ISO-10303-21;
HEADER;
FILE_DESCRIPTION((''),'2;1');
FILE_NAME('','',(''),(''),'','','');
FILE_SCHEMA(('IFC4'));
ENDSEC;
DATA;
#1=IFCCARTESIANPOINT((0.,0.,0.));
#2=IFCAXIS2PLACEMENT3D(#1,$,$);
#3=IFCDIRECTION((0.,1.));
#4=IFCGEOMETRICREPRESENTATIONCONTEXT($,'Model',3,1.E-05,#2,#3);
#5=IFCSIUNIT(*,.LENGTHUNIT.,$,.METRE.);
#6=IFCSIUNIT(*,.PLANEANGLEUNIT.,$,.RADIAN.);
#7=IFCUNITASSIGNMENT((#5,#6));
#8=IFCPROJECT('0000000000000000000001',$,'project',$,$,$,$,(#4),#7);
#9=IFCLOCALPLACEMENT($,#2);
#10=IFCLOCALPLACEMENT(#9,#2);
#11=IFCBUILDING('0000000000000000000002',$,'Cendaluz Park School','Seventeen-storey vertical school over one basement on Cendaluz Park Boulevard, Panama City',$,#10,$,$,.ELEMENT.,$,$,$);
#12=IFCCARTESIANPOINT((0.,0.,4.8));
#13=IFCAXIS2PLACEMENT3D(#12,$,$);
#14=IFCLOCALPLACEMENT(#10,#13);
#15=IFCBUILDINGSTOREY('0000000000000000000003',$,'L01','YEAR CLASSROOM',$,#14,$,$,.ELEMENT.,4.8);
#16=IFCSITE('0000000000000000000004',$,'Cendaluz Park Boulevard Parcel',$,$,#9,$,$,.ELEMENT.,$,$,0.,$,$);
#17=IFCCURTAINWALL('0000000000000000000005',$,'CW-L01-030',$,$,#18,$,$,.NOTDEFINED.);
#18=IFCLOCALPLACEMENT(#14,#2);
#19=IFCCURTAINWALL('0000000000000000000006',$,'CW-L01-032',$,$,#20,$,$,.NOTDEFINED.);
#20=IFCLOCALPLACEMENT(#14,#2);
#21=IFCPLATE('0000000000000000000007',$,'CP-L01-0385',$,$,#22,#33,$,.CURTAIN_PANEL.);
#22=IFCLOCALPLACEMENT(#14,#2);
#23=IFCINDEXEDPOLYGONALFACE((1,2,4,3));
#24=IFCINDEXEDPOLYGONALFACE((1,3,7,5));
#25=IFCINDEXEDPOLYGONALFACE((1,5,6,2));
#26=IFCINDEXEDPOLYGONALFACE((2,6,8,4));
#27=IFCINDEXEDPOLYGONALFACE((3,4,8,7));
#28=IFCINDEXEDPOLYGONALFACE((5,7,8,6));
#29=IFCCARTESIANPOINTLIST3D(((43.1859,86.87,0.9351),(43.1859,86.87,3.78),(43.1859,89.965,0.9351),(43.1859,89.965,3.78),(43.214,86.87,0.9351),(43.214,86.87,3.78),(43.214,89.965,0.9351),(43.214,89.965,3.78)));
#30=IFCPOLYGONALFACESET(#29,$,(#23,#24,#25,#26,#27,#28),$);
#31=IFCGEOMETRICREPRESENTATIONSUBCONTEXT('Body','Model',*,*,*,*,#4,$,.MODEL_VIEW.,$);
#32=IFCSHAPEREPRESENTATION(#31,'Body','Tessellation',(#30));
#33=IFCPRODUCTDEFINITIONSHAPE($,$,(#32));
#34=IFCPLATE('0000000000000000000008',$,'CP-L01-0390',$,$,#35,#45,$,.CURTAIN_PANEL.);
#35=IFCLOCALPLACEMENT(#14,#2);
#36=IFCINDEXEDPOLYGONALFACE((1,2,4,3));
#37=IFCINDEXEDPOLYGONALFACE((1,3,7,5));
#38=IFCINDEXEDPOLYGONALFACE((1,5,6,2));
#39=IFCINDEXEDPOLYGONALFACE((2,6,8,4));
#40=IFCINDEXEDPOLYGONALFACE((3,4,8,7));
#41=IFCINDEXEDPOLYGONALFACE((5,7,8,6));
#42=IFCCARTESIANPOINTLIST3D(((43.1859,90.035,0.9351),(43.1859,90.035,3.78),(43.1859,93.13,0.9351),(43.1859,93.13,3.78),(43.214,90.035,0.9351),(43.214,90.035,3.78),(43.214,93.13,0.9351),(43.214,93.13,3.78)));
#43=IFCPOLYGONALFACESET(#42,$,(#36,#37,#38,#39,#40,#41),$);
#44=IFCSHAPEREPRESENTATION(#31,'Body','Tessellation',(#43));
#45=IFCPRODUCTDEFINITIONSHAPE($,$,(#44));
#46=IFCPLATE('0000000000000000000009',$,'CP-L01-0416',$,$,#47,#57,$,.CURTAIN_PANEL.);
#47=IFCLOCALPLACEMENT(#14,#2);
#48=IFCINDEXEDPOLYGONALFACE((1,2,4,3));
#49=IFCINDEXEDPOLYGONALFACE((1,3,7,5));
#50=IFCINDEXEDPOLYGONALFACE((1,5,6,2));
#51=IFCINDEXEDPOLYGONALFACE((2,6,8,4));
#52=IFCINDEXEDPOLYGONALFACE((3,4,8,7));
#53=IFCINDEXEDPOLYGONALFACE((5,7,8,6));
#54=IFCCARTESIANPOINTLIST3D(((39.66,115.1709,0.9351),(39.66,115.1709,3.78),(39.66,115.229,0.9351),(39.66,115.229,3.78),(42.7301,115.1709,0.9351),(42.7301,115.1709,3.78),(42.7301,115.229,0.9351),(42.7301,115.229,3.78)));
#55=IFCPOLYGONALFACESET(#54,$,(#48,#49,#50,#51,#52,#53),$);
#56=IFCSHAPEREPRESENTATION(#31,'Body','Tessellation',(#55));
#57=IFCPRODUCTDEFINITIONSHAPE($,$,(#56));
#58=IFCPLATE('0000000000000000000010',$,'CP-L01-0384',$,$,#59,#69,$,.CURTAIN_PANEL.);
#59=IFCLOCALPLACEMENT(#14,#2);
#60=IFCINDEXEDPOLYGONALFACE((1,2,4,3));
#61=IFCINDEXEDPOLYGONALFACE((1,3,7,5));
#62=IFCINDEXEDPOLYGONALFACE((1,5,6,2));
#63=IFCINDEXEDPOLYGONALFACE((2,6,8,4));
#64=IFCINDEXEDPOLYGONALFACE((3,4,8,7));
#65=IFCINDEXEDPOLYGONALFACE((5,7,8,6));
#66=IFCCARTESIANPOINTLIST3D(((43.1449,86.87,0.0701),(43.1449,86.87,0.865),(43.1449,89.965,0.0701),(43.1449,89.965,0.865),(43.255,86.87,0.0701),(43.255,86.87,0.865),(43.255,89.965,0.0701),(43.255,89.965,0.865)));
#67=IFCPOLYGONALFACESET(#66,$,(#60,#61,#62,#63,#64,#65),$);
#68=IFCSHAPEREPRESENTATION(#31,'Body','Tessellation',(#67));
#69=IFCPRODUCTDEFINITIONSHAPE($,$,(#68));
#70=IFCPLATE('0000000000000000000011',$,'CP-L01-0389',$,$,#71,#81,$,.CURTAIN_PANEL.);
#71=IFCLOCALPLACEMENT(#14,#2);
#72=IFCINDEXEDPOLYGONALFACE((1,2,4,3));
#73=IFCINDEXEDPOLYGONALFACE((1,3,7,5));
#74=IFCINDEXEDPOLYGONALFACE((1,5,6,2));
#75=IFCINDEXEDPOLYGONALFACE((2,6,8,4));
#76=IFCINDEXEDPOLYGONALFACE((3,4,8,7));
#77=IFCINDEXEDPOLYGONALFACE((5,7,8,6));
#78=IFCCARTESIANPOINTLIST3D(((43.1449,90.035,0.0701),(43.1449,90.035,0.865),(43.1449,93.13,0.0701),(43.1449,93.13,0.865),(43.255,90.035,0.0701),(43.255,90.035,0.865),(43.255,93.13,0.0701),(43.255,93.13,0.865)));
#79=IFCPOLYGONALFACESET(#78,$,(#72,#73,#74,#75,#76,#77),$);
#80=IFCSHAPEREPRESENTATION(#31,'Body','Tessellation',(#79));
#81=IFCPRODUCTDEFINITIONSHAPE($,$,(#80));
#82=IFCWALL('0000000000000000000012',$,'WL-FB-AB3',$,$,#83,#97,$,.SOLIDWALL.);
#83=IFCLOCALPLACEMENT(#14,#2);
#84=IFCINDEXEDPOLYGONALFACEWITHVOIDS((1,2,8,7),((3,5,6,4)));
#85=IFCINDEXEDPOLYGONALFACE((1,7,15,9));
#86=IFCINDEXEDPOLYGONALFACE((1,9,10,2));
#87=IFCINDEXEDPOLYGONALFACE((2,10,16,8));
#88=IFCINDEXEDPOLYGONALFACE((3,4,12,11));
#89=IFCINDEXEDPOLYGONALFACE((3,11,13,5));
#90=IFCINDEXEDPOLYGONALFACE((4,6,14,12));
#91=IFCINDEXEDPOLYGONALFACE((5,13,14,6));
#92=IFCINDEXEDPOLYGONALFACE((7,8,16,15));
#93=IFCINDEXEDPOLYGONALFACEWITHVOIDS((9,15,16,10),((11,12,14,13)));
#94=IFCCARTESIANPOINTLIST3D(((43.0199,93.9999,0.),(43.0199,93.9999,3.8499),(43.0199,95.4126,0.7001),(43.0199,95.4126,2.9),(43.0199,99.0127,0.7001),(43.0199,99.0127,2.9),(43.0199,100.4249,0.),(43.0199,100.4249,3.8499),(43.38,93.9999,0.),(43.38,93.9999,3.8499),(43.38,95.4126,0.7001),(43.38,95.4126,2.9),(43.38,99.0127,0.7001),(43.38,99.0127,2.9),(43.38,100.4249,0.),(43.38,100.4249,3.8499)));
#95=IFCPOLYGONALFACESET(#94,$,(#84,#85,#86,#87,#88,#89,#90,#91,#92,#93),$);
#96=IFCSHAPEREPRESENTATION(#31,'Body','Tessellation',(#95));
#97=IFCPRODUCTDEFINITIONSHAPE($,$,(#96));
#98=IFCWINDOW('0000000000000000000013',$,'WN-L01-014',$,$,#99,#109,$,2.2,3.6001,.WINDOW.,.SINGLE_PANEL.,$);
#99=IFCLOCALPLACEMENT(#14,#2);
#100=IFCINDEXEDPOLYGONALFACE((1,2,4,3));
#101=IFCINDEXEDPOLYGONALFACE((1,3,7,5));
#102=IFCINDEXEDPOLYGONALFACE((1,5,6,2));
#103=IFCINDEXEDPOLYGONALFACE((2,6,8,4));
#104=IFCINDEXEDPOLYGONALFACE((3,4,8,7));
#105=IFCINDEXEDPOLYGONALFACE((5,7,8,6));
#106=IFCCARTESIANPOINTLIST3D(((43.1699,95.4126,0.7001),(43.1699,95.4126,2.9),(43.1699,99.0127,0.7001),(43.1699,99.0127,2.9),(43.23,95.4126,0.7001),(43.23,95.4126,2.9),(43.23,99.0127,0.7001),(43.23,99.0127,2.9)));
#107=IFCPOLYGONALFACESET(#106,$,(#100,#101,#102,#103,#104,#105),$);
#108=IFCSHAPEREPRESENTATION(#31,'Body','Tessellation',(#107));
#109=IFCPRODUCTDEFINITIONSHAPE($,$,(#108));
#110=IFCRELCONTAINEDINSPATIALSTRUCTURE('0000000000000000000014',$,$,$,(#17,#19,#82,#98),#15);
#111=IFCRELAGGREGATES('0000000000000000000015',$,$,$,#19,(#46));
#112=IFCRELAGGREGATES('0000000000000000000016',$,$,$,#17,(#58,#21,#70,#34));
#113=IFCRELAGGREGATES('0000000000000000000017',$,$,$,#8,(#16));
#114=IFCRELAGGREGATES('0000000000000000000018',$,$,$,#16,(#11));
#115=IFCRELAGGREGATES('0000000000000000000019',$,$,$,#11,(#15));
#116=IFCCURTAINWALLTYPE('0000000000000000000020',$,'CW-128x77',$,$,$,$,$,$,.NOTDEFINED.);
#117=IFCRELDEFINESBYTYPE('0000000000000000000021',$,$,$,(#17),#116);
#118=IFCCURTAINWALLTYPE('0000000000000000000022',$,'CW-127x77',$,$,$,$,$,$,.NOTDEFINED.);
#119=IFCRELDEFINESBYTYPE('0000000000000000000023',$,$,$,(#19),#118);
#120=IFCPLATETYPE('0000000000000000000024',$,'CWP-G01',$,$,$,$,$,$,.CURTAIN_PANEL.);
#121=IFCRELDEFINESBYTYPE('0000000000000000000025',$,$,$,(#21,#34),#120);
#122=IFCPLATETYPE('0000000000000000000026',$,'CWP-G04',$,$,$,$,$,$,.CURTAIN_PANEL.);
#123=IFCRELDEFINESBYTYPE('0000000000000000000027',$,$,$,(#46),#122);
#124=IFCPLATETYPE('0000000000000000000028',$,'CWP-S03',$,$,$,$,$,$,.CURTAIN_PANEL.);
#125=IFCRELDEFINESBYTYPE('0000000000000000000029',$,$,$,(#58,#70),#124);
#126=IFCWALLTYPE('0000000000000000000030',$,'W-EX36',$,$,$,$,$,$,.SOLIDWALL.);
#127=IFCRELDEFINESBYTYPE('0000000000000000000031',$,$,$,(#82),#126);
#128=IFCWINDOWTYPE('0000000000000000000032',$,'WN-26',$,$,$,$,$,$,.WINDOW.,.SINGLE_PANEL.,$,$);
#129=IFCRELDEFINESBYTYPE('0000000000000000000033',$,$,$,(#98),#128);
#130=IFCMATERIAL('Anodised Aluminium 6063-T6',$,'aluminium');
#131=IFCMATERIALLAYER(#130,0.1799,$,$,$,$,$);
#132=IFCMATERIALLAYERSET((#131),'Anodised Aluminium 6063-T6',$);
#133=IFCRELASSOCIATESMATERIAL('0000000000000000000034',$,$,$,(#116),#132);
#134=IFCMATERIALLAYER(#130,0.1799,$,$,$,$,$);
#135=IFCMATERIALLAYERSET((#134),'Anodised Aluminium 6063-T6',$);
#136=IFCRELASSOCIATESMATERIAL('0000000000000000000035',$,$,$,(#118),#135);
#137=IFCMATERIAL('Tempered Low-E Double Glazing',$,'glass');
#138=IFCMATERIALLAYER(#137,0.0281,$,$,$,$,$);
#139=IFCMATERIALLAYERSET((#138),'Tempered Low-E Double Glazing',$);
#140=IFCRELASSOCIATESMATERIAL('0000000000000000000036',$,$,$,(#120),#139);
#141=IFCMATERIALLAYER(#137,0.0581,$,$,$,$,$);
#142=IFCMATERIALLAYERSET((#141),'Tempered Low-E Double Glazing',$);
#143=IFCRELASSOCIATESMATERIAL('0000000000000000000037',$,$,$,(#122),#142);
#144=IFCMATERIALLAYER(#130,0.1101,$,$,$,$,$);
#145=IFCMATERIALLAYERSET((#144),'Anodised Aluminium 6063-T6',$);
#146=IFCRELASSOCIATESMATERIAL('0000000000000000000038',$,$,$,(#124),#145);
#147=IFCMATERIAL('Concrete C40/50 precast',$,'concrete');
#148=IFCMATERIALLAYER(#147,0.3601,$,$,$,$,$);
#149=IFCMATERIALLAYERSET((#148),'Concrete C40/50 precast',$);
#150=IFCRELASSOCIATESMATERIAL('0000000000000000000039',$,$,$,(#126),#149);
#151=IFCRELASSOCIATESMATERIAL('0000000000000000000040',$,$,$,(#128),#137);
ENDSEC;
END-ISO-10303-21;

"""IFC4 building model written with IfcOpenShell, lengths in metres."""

from ifc_helpers import new_model, si_unit, direction, frame, frame_2d, origin, origin_2d, place, context, subcontext, project, spatial, rectangle, extrude, material, layer, layer_set, type_object, element, fill, aggregate, save


model = new_model("IFC4")

# Units and contexts
model_context = context("Model", 3, precision=1e-05, world=origin(), true_north=direction((0.0, 1.0)))
body_context = subcontext(model_context, "Body", "Model", "MODEL_VIEW")
ifc_project = project(units=[si_unit("LENGTHUNIT", "METRE"), si_unit("PLANEANGLEUNIT", "RADIAN")], contexts=[model_context])

# Site, building, storey
site_placement = place(None, origin())
site = spatial("IfcSite", under=ifc_project, at=site_placement, Name="Cendaluz Park Boulevard Parcel", CompositionType="ELEMENT", RefElevation=0.0)
building_placement = place(site_placement, origin())
building = spatial("IfcBuilding", under=site, at=building_placement, Name="Cendaluz Park School", Description="Seventeen-storey vertical school over one basement on Cendaluz Park Boulevard, Panama City", CompositionType="ELEMENT")
storey_placement = place(building_placement, frame((0.0, 0.0, 4.8)))
storey = spatial("IfcBuildingStorey", under=building, at=storey_placement, Name="L01", Description="YEAR CLASSROOM", CompositionType="ELEMENT", Elevation=4.8)

# Curtain wall
ifc_material_1 = material(Name="Anodised Aluminium 6063-T6", Category="aluminium")
ifc_layer_1 = layer(ifc_material_1, 0.1799)
ifc_layer_set_1 = layer_set([ifc_layer_1], Name="Anodised Aluminium 6063-T6")
curtain_wall_type_1 = type_object("IfcCurtainWallType", Name="CW-128x77", PredefinedType="NOTDEFINED", material=ifc_layer_set_1)
curtain_wall_1_placement = place(storey_placement, origin())
curtain_wall_1 = element("IfcCurtainWall", 1, at=curtain_wall_1_placement, inside=storey, type_object=curtain_wall_type_1, Name="CW-L01-030", PredefinedType="NOTDEFINED")

# Curtain wall
ifc_layer_2 = layer(ifc_material_1, 0.1799)
ifc_layer_set_2 = layer_set([ifc_layer_2], Name="Anodised Aluminium 6063-T6")
curtain_wall_type_2 = type_object("IfcCurtainWallType", Name="CW-127x77", PredefinedType="NOTDEFINED", material=ifc_layer_set_2)
curtain_wall_2_placement = place(storey_placement, origin())
curtain_wall_2 = element("IfcCurtainWall", 2, at=curtain_wall_2_placement, inside=storey, type_object=curtain_wall_type_2, Name="CW-L01-032", PredefinedType="NOTDEFINED")

# Plates
ifc_material_2 = material(Name="Tempered Low-E Double Glazing", Category="glass")
ifc_layer_3 = layer(ifc_material_2, 0.0281)
ifc_layer_set_3 = layer_set([ifc_layer_3], Name="Tempered Low-E Double Glazing")
plate_type_1 = type_object("IfcPlateType", Name="CWP-G01", PredefinedType="CURTAIN_PANEL", material=ifc_layer_set_3)
plate_1_placement = place(storey_placement, frame((43.2, 88.4175, 0.9351), z_axis=(0.0, 0.0, 1.0), x_axis=(0.0, 1.0, 0.0)))
plate_1 = element("IfcPlate", 3, at=plate_1_placement, type_object=plate_type_1, Name="CP-L01-0385", PredefinedType="CURTAIN_PANEL", context=body_context, shape_type="SweptSolid", body=[
    extrude(rectangle(XDim=3.095, YDim=0.0281, at=origin_2d()), origin(), (0.0, 0.0, 1.0), 2.845),
])
plate_2_placement = place(storey_placement, frame((43.2, 91.5825, 0.9351), z_axis=(0.0, 0.0, 1.0), x_axis=(0.0, 1.0, 0.0)))
plate_2 = element("IfcPlate", 4, at=plate_2_placement, type_object=plate_type_1, Name="CP-L01-0390", PredefinedType="CURTAIN_PANEL", context=body_context, shape_type="SweptSolid", body=[
    extrude(rectangle(XDim=3.095, YDim=0.0281, at=origin_2d()), origin(), (0.0, 0.0, 1.0), 2.845),
])
ifc_layer_4 = layer(ifc_material_2, 0.0581)
ifc_layer_set_4 = layer_set([ifc_layer_4], Name="Tempered Low-E Double Glazing")
plate_type_2 = type_object("IfcPlateType", Name="CWP-G04", PredefinedType="CURTAIN_PANEL", material=ifc_layer_set_4)
plate_3_placement = place(storey_placement, frame((41.1951, 115.2, 0.9351), z_axis=(0.0, 0.0, 1.0), x_axis=(1.0, 0.0, 0.0)))
plate_3 = element("IfcPlate", 5, at=plate_3_placement, type_object=plate_type_2, Name="CP-L01-0416", PredefinedType="CURTAIN_PANEL", context=body_context, shape_type="SweptSolid", body=[
    extrude(rectangle(XDim=3.0701, YDim=0.0581, at=origin_2d()), origin(), (0.0, 0.0, 1.0), 2.845),
])
aggregate(curtain_wall_2, [plate_3])
ifc_layer_5 = layer(ifc_material_1, 0.1101)
ifc_layer_set_5 = layer_set([ifc_layer_5], Name="Anodised Aluminium 6063-T6")
plate_type_3 = type_object("IfcPlateType", Name="CWP-S03", PredefinedType="CURTAIN_PANEL", material=ifc_layer_set_5)
plate_4_placement = place(storey_placement, frame((43.2, 88.4175, 0.0701), z_axis=(0.0, 0.0, 1.0), x_axis=(0.0, 1.0, 0.0)))
plate_4 = element("IfcPlate", 6, at=plate_4_placement, type_object=plate_type_3, Name="CP-L01-0384", PredefinedType="CURTAIN_PANEL", context=body_context, shape_type="SweptSolid", body=[
    extrude(rectangle(XDim=3.095, YDim=0.1101, at=origin_2d()), origin(), (0.0, 0.0, 1.0), 0.7949),
])
plate_5_placement = place(storey_placement, frame((43.2, 91.5825, 0.0701), z_axis=(0.0, 0.0, 1.0), x_axis=(0.0, 1.0, 0.0)))
plate_5 = element("IfcPlate", 7, at=plate_5_placement, type_object=plate_type_3, Name="CP-L01-0389", PredefinedType="CURTAIN_PANEL", context=body_context, shape_type="SweptSolid", body=[
    extrude(rectangle(XDim=3.095, YDim=0.1101, at=origin_2d()), origin(), (0.0, 0.0, 1.0), 0.7949),
])
aggregate(curtain_wall_1, [plate_4, plate_1, plate_5, plate_2])

# Wall, opening, window
ifc_material_3 = material(Name="Concrete C40/50 precast", Category="concrete")
ifc_layer_6 = layer(ifc_material_3, 0.3601)
ifc_layer_set_6 = layer_set([ifc_layer_6], Name="Concrete C40/50 precast")
wall_type = type_object("IfcWallType", Name="W-EX36", PredefinedType="SOLIDWALL", material=ifc_layer_set_6)
wall_placement = place(storey_placement, frame((43.2, 94.0, 0.0), z_axis=(0.0, 0.0, 1.0), x_axis=(0.0, 1.0, 0.0)))
wall = element("IfcWall", 8, at=wall_placement, inside=storey, type_object=wall_type, Name="WL-FB-AB3", PredefinedType="SOLIDWALL", context=body_context, shape_type="SweptSolid", body=[
    extrude(rectangle(XDim=6.425, YDim=0.3601, at=frame_2d((3.2124, 0.0))), origin(), (0.0, 0.0, 1.0), 3.8499),
])
opening_placement = place(wall_placement, frame((1.4126, 0.0, 0.7)))
opening = element("IfcOpeningElement", 9, at=opening_placement, cuts=wall, PredefinedType="OPENING", context=body_context, shape_type="SweptSolid", body=[
    extrude(rectangle(XDim=3.6001, YDim=2.2, at=frame_2d((1.8, 1.1001))), frame((0.0, 0.1921, 0.0), z_axis=(0.0, -1.0, 0.0), x_axis=(1.0, 0.0, 0.0)), (0.0, 0.0, 1.0), 0.384),
])
window_type = type_object("IfcWindowType", Name="WN-26", PartitioningType="SINGLE_PANEL", PredefinedType="WINDOW", material=ifc_material_2)
window_placement = place(opening_placement, origin())
window = element("IfcWindow", 10, at=window_placement, inside=storey, type_object=window_type, Name="WN-L01-014", OverallHeight=2.2, OverallWidth=3.6001, PartitioningType="SINGLE_PANEL", PredefinedType="WINDOW", context=body_context, shape_type="SweptSolid", body=[
    extrude(rectangle(XDim=3.6001, YDim=2.2, at=frame_2d((1.8, 1.1001))), frame((0.0, 0.03, 0.0), z_axis=(0.0, -1.0, 0.0), x_axis=(1.0, 0.0, 0.0)), (0.0, 0.0, 1.0), 0.0601),
])
fill(opening, window)

save(model, "model.ifc")
